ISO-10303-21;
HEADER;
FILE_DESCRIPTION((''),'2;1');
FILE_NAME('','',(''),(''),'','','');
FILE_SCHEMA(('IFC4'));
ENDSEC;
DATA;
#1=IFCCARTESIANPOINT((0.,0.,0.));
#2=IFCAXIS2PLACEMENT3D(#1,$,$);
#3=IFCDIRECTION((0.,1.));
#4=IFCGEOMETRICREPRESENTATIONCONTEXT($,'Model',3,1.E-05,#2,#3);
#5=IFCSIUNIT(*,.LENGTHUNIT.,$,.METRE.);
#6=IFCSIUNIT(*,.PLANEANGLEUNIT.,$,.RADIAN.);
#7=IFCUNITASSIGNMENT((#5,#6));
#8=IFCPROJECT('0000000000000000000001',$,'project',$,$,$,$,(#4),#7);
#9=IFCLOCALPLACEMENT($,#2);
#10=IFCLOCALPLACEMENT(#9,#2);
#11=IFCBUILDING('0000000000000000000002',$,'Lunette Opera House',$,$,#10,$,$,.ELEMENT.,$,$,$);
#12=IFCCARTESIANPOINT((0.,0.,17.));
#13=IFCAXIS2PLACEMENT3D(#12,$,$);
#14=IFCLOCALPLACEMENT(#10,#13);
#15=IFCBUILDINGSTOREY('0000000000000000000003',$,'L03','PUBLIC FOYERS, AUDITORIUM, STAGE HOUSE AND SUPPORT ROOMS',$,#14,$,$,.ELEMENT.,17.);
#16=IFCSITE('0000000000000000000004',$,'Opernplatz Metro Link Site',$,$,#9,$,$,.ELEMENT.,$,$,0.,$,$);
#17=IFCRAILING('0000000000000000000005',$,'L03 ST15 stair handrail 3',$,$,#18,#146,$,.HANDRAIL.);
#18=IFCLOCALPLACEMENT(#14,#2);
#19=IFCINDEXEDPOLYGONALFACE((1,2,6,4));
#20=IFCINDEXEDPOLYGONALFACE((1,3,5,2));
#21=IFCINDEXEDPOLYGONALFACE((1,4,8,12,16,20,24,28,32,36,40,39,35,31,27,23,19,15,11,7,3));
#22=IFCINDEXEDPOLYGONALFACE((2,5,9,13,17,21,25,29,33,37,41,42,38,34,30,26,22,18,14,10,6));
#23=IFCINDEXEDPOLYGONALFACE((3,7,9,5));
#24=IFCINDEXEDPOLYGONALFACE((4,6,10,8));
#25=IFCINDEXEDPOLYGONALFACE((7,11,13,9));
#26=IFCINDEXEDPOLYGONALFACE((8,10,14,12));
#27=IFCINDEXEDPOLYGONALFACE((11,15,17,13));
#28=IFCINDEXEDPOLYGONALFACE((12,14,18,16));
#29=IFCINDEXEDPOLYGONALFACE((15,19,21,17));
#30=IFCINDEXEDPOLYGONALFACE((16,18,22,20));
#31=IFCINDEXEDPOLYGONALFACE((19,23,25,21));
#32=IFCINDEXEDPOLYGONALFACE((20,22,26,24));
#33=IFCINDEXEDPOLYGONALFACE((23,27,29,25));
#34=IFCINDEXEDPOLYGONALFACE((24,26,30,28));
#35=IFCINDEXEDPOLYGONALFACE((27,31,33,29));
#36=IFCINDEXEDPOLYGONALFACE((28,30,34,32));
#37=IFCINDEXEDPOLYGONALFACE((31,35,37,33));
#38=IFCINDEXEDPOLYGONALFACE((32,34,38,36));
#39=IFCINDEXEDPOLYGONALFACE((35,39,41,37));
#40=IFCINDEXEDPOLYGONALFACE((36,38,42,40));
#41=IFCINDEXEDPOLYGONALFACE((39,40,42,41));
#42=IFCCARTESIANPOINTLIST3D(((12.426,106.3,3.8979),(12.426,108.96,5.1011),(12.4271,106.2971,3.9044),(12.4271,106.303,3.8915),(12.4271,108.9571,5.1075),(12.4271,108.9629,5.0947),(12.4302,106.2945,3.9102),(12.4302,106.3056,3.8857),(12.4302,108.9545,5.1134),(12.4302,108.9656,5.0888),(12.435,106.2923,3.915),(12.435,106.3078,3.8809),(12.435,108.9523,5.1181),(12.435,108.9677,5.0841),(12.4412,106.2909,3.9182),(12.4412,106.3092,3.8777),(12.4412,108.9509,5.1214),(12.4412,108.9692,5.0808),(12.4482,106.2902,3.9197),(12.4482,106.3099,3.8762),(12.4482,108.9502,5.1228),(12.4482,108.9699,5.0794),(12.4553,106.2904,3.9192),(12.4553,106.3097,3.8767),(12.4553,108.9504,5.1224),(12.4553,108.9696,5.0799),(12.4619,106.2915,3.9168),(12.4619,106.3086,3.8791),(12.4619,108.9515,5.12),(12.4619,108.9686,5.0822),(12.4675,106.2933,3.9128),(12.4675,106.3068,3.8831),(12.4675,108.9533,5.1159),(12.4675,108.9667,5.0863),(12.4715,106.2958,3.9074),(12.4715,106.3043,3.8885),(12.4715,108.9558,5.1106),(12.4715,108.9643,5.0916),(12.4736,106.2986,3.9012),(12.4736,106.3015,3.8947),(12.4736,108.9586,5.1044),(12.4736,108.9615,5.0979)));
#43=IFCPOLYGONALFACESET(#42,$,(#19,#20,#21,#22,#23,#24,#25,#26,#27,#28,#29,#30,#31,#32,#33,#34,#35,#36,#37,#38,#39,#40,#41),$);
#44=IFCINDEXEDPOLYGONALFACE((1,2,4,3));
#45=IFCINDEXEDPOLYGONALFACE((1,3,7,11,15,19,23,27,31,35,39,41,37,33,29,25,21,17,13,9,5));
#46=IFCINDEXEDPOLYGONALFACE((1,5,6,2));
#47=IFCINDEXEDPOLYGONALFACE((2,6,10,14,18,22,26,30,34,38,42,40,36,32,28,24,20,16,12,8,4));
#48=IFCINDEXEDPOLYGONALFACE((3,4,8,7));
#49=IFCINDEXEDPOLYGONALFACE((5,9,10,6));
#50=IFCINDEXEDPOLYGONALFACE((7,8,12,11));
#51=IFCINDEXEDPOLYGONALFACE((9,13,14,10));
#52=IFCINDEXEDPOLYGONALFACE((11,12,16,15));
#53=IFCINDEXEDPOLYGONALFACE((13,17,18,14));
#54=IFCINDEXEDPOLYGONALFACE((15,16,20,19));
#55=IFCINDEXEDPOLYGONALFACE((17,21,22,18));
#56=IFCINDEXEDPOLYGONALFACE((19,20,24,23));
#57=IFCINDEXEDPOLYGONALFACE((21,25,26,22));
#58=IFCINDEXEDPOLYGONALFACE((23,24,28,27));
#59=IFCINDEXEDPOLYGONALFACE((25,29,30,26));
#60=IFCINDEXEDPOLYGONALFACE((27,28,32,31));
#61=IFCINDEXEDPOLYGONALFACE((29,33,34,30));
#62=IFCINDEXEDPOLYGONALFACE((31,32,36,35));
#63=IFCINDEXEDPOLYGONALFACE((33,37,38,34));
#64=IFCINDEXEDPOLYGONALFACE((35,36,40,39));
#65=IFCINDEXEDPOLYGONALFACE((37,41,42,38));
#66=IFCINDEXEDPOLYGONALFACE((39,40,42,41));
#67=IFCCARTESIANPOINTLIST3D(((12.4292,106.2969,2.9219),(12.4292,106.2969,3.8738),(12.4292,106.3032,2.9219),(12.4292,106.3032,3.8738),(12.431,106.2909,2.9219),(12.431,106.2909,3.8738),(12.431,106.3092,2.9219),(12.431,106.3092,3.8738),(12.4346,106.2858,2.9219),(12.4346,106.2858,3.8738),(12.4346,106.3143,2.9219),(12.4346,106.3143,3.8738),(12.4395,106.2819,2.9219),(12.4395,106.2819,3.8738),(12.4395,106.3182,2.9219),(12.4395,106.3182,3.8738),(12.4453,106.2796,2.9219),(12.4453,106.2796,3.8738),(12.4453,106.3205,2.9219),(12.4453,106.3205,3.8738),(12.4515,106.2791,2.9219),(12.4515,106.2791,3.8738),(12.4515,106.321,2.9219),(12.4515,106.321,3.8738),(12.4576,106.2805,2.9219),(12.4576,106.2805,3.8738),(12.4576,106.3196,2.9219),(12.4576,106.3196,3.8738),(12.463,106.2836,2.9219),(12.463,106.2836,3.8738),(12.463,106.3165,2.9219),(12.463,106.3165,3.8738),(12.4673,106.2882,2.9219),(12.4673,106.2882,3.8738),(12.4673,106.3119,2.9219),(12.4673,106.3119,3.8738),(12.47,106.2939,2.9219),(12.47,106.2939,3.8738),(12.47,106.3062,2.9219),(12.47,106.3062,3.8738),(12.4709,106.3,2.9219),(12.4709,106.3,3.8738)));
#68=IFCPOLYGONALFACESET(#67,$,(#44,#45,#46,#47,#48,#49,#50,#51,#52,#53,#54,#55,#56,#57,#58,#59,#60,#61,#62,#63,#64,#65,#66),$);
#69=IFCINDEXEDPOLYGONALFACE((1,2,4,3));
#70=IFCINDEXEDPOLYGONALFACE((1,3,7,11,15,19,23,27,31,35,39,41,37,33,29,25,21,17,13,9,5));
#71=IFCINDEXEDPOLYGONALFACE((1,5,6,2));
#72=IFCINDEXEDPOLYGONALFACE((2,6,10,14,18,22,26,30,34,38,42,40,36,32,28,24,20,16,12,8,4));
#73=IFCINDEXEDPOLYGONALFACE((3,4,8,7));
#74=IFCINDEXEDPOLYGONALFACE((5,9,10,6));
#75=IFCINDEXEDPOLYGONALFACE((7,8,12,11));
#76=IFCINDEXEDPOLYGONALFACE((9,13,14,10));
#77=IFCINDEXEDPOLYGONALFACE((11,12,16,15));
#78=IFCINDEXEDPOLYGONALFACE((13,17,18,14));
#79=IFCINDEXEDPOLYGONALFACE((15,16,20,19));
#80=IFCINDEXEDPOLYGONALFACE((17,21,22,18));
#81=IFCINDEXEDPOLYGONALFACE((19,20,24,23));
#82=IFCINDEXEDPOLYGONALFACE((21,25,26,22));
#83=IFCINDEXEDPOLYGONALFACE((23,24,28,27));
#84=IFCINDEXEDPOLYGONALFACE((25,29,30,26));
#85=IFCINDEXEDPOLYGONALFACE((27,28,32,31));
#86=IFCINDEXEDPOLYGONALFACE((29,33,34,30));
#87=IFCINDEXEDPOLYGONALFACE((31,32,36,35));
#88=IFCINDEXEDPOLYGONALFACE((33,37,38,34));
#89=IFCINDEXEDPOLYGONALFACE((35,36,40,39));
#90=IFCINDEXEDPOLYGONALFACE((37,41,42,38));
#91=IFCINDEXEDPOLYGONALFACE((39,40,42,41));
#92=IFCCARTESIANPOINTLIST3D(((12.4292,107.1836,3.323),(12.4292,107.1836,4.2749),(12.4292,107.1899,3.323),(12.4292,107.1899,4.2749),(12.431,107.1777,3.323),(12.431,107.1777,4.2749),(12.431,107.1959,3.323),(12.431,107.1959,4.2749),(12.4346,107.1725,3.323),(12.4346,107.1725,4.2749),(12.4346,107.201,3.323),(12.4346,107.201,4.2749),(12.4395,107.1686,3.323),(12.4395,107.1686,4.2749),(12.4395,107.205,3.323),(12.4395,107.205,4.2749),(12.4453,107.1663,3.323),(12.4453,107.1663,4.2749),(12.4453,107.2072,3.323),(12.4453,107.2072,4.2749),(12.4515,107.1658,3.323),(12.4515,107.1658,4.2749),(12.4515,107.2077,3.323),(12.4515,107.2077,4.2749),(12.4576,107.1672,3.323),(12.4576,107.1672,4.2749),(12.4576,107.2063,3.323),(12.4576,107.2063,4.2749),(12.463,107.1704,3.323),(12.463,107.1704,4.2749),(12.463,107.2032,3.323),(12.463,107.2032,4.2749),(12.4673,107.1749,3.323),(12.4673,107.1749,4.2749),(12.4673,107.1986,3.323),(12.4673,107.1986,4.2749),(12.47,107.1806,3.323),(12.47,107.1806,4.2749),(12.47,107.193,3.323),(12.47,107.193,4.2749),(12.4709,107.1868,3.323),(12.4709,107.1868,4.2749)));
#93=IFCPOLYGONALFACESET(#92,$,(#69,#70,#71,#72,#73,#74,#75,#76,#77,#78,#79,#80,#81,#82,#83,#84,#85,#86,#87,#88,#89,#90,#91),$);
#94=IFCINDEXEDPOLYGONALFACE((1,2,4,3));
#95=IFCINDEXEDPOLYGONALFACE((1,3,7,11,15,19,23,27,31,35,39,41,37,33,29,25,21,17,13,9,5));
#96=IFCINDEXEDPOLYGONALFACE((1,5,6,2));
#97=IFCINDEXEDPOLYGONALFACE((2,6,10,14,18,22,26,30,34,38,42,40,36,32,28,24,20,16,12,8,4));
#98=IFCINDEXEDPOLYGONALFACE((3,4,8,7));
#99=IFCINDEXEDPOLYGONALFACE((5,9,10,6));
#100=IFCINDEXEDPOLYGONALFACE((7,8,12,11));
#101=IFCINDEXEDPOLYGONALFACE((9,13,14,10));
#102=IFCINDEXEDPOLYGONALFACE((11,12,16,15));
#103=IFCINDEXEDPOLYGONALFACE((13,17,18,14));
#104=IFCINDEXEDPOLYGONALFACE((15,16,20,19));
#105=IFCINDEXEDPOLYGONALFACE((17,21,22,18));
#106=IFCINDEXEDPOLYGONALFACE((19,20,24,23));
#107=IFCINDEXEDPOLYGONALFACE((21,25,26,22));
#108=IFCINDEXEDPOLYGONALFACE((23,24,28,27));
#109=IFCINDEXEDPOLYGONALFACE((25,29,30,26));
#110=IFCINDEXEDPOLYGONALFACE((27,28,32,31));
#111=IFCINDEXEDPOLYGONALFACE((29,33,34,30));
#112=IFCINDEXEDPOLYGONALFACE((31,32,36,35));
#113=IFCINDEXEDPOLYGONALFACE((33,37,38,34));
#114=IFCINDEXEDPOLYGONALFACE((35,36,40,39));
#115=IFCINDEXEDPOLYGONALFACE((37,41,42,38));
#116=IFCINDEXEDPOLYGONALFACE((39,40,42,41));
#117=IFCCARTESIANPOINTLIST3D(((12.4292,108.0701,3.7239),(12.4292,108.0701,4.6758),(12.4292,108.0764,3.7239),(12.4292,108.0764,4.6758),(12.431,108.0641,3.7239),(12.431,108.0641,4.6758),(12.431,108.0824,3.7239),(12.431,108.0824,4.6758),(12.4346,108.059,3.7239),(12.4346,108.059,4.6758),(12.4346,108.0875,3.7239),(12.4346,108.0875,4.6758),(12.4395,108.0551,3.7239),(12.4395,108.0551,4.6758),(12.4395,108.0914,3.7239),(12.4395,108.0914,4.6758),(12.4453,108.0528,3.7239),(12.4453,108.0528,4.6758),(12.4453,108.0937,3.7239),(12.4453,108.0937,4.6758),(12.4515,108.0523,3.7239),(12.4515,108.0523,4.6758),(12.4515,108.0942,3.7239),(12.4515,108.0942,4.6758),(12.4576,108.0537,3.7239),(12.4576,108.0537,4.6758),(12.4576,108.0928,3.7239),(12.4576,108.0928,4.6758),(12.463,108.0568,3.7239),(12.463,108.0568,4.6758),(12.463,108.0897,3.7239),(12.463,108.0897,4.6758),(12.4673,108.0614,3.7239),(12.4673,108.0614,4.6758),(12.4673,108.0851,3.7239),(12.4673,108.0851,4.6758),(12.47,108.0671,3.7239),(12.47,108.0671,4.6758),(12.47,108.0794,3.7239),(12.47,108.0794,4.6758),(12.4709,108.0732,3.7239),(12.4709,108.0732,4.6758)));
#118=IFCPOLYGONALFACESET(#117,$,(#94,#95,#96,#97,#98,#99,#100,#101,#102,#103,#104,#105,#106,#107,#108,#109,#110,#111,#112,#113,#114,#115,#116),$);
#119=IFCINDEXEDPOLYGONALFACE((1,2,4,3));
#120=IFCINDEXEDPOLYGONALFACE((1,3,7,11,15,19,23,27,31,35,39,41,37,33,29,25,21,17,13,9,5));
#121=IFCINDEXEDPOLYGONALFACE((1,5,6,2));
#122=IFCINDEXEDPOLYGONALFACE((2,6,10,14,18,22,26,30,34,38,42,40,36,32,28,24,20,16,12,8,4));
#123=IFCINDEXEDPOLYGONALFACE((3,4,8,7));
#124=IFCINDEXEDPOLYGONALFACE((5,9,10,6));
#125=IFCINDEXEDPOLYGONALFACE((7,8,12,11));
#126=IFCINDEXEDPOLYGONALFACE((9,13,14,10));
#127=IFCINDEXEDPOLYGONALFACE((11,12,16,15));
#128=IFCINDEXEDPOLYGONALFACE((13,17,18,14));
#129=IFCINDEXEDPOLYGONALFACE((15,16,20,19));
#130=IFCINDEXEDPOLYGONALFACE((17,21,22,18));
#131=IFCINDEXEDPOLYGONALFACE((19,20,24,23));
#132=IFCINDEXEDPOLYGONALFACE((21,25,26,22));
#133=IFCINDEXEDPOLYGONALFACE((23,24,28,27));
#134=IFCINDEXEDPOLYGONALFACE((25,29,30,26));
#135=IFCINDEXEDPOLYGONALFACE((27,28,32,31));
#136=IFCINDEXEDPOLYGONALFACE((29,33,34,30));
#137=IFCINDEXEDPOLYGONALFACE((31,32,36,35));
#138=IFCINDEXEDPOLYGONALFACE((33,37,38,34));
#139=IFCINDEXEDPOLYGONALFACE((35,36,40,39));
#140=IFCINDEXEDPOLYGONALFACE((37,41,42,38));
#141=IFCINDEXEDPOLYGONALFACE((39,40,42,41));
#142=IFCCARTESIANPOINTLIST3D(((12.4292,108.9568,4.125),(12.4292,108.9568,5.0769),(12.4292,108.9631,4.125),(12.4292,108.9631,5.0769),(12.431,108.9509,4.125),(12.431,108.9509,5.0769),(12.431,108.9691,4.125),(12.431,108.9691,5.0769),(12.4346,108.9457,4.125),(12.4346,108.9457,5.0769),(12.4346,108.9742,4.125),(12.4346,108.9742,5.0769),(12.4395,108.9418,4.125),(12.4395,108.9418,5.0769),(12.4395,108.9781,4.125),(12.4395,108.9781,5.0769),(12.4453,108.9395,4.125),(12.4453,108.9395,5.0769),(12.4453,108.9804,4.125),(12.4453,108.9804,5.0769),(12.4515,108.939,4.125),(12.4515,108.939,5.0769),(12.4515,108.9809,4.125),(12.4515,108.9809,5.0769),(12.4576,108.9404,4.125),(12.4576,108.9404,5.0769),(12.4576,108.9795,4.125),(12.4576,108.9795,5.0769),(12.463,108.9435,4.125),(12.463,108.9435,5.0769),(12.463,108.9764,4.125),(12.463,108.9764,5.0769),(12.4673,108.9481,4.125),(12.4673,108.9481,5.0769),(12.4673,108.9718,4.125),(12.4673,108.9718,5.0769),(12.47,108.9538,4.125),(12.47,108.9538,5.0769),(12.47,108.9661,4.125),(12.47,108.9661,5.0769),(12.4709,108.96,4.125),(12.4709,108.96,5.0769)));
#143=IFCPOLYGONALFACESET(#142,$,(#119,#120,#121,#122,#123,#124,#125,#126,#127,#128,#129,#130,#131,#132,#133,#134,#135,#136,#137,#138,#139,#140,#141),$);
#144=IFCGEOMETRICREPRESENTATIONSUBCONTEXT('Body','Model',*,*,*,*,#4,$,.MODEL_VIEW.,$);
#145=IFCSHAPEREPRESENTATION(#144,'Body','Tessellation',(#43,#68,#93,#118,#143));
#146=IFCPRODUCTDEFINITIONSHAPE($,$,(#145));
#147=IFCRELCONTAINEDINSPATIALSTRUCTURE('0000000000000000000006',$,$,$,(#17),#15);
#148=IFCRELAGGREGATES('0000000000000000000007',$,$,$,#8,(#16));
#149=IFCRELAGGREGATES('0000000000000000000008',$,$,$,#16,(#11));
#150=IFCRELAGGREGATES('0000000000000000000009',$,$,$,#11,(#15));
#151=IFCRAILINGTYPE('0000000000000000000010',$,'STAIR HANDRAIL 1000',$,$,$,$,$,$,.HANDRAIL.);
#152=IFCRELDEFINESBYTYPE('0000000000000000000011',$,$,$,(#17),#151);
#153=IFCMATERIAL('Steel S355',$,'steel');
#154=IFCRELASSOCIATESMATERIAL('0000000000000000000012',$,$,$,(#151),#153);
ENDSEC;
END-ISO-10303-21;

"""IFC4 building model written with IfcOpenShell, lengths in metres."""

from ifc_helpers import new_model, si_unit, direction, frame, origin, origin_2d, place, context, subcontext, project, spatial, circle, extrude, material, type_object, element, save


model = new_model("IFC4")

# Units and contexts
model_context = context("Model", 3, precision=1e-05, world=origin(), true_north=direction((0.0, 1.0)))
body_context = subcontext(model_context, "Body", "Model", "MODEL_VIEW")
ifc_project = project(units=[si_unit("LENGTHUNIT", "METRE"), si_unit("PLANEANGLEUNIT", "RADIAN")], contexts=[model_context])

# Site, building, storey
site_placement = place(None, origin())
site = spatial("IfcSite", under=ifc_project, at=site_placement, Name="Opernplatz Metro Link Site", CompositionType="ELEMENT", RefElevation=0.0)
building_placement = place(site_placement, origin())
building = spatial("IfcBuilding", under=site, at=building_placement, Name="Lunette Opera House", CompositionType="ELEMENT")
storey_placement = place(building_placement, frame((0.0, 0.0, 17.0)))
storey = spatial("IfcBuildingStorey", under=building, at=storey_placement, Name="L03", Description="PUBLIC FOYERS, AUDITORIUM, STAGE HOUSE AND SUPPORT ROOMS", CompositionType="ELEMENT", Elevation=17.0)

# Railing
ifc_material_1 = material(Name="Steel S355", Category="steel")
railing_type_1 = type_object("IfcRailingType", Name="STAIR HANDRAIL 1000", PredefinedType="HANDRAIL", material=ifc_material_1)
railing_1_placement = place(storey_placement, frame((12.45, 106.3, 2.9219)))
element("IfcRailing", 1, at=railing_1_placement, inside=storey, type_object=railing_type_1, Name="L03 ST15 stair handrail 3", PredefinedType="HANDRAIL", context=body_context, shape_type="SweptSolid", body=[
    extrude(circle(Radius=0.0239, at=origin_2d()), frame((0.0, 0.0, 0.9761), z_axis=(0.0, 0.91113, 0.41212), x_axis=(-1.0, 0.0, 0.0)), (0.0, 0.0, 1.0), 2.9194),
    extrude(circle(Radius=0.021, at=origin_2d()), origin(), (0.0, 0.0, 1.0), 0.9519),
    extrude(circle(Radius=0.021, at=origin_2d()), frame((0.0, 0.8867, 0.4011)), (0.0, 0.0, 1.0), 0.9519),
    extrude(circle(Radius=0.021, at=origin_2d()), frame((0.0, 1.7732, 0.802)), (0.0, 0.0, 1.0), 0.9519),
    extrude(circle(Radius=0.021, at=origin_2d()), frame((0.0, 2.6599, 1.2031)), (0.0, 0.0, 1.0), 0.9519),
])

save(model, "model.ifc")
